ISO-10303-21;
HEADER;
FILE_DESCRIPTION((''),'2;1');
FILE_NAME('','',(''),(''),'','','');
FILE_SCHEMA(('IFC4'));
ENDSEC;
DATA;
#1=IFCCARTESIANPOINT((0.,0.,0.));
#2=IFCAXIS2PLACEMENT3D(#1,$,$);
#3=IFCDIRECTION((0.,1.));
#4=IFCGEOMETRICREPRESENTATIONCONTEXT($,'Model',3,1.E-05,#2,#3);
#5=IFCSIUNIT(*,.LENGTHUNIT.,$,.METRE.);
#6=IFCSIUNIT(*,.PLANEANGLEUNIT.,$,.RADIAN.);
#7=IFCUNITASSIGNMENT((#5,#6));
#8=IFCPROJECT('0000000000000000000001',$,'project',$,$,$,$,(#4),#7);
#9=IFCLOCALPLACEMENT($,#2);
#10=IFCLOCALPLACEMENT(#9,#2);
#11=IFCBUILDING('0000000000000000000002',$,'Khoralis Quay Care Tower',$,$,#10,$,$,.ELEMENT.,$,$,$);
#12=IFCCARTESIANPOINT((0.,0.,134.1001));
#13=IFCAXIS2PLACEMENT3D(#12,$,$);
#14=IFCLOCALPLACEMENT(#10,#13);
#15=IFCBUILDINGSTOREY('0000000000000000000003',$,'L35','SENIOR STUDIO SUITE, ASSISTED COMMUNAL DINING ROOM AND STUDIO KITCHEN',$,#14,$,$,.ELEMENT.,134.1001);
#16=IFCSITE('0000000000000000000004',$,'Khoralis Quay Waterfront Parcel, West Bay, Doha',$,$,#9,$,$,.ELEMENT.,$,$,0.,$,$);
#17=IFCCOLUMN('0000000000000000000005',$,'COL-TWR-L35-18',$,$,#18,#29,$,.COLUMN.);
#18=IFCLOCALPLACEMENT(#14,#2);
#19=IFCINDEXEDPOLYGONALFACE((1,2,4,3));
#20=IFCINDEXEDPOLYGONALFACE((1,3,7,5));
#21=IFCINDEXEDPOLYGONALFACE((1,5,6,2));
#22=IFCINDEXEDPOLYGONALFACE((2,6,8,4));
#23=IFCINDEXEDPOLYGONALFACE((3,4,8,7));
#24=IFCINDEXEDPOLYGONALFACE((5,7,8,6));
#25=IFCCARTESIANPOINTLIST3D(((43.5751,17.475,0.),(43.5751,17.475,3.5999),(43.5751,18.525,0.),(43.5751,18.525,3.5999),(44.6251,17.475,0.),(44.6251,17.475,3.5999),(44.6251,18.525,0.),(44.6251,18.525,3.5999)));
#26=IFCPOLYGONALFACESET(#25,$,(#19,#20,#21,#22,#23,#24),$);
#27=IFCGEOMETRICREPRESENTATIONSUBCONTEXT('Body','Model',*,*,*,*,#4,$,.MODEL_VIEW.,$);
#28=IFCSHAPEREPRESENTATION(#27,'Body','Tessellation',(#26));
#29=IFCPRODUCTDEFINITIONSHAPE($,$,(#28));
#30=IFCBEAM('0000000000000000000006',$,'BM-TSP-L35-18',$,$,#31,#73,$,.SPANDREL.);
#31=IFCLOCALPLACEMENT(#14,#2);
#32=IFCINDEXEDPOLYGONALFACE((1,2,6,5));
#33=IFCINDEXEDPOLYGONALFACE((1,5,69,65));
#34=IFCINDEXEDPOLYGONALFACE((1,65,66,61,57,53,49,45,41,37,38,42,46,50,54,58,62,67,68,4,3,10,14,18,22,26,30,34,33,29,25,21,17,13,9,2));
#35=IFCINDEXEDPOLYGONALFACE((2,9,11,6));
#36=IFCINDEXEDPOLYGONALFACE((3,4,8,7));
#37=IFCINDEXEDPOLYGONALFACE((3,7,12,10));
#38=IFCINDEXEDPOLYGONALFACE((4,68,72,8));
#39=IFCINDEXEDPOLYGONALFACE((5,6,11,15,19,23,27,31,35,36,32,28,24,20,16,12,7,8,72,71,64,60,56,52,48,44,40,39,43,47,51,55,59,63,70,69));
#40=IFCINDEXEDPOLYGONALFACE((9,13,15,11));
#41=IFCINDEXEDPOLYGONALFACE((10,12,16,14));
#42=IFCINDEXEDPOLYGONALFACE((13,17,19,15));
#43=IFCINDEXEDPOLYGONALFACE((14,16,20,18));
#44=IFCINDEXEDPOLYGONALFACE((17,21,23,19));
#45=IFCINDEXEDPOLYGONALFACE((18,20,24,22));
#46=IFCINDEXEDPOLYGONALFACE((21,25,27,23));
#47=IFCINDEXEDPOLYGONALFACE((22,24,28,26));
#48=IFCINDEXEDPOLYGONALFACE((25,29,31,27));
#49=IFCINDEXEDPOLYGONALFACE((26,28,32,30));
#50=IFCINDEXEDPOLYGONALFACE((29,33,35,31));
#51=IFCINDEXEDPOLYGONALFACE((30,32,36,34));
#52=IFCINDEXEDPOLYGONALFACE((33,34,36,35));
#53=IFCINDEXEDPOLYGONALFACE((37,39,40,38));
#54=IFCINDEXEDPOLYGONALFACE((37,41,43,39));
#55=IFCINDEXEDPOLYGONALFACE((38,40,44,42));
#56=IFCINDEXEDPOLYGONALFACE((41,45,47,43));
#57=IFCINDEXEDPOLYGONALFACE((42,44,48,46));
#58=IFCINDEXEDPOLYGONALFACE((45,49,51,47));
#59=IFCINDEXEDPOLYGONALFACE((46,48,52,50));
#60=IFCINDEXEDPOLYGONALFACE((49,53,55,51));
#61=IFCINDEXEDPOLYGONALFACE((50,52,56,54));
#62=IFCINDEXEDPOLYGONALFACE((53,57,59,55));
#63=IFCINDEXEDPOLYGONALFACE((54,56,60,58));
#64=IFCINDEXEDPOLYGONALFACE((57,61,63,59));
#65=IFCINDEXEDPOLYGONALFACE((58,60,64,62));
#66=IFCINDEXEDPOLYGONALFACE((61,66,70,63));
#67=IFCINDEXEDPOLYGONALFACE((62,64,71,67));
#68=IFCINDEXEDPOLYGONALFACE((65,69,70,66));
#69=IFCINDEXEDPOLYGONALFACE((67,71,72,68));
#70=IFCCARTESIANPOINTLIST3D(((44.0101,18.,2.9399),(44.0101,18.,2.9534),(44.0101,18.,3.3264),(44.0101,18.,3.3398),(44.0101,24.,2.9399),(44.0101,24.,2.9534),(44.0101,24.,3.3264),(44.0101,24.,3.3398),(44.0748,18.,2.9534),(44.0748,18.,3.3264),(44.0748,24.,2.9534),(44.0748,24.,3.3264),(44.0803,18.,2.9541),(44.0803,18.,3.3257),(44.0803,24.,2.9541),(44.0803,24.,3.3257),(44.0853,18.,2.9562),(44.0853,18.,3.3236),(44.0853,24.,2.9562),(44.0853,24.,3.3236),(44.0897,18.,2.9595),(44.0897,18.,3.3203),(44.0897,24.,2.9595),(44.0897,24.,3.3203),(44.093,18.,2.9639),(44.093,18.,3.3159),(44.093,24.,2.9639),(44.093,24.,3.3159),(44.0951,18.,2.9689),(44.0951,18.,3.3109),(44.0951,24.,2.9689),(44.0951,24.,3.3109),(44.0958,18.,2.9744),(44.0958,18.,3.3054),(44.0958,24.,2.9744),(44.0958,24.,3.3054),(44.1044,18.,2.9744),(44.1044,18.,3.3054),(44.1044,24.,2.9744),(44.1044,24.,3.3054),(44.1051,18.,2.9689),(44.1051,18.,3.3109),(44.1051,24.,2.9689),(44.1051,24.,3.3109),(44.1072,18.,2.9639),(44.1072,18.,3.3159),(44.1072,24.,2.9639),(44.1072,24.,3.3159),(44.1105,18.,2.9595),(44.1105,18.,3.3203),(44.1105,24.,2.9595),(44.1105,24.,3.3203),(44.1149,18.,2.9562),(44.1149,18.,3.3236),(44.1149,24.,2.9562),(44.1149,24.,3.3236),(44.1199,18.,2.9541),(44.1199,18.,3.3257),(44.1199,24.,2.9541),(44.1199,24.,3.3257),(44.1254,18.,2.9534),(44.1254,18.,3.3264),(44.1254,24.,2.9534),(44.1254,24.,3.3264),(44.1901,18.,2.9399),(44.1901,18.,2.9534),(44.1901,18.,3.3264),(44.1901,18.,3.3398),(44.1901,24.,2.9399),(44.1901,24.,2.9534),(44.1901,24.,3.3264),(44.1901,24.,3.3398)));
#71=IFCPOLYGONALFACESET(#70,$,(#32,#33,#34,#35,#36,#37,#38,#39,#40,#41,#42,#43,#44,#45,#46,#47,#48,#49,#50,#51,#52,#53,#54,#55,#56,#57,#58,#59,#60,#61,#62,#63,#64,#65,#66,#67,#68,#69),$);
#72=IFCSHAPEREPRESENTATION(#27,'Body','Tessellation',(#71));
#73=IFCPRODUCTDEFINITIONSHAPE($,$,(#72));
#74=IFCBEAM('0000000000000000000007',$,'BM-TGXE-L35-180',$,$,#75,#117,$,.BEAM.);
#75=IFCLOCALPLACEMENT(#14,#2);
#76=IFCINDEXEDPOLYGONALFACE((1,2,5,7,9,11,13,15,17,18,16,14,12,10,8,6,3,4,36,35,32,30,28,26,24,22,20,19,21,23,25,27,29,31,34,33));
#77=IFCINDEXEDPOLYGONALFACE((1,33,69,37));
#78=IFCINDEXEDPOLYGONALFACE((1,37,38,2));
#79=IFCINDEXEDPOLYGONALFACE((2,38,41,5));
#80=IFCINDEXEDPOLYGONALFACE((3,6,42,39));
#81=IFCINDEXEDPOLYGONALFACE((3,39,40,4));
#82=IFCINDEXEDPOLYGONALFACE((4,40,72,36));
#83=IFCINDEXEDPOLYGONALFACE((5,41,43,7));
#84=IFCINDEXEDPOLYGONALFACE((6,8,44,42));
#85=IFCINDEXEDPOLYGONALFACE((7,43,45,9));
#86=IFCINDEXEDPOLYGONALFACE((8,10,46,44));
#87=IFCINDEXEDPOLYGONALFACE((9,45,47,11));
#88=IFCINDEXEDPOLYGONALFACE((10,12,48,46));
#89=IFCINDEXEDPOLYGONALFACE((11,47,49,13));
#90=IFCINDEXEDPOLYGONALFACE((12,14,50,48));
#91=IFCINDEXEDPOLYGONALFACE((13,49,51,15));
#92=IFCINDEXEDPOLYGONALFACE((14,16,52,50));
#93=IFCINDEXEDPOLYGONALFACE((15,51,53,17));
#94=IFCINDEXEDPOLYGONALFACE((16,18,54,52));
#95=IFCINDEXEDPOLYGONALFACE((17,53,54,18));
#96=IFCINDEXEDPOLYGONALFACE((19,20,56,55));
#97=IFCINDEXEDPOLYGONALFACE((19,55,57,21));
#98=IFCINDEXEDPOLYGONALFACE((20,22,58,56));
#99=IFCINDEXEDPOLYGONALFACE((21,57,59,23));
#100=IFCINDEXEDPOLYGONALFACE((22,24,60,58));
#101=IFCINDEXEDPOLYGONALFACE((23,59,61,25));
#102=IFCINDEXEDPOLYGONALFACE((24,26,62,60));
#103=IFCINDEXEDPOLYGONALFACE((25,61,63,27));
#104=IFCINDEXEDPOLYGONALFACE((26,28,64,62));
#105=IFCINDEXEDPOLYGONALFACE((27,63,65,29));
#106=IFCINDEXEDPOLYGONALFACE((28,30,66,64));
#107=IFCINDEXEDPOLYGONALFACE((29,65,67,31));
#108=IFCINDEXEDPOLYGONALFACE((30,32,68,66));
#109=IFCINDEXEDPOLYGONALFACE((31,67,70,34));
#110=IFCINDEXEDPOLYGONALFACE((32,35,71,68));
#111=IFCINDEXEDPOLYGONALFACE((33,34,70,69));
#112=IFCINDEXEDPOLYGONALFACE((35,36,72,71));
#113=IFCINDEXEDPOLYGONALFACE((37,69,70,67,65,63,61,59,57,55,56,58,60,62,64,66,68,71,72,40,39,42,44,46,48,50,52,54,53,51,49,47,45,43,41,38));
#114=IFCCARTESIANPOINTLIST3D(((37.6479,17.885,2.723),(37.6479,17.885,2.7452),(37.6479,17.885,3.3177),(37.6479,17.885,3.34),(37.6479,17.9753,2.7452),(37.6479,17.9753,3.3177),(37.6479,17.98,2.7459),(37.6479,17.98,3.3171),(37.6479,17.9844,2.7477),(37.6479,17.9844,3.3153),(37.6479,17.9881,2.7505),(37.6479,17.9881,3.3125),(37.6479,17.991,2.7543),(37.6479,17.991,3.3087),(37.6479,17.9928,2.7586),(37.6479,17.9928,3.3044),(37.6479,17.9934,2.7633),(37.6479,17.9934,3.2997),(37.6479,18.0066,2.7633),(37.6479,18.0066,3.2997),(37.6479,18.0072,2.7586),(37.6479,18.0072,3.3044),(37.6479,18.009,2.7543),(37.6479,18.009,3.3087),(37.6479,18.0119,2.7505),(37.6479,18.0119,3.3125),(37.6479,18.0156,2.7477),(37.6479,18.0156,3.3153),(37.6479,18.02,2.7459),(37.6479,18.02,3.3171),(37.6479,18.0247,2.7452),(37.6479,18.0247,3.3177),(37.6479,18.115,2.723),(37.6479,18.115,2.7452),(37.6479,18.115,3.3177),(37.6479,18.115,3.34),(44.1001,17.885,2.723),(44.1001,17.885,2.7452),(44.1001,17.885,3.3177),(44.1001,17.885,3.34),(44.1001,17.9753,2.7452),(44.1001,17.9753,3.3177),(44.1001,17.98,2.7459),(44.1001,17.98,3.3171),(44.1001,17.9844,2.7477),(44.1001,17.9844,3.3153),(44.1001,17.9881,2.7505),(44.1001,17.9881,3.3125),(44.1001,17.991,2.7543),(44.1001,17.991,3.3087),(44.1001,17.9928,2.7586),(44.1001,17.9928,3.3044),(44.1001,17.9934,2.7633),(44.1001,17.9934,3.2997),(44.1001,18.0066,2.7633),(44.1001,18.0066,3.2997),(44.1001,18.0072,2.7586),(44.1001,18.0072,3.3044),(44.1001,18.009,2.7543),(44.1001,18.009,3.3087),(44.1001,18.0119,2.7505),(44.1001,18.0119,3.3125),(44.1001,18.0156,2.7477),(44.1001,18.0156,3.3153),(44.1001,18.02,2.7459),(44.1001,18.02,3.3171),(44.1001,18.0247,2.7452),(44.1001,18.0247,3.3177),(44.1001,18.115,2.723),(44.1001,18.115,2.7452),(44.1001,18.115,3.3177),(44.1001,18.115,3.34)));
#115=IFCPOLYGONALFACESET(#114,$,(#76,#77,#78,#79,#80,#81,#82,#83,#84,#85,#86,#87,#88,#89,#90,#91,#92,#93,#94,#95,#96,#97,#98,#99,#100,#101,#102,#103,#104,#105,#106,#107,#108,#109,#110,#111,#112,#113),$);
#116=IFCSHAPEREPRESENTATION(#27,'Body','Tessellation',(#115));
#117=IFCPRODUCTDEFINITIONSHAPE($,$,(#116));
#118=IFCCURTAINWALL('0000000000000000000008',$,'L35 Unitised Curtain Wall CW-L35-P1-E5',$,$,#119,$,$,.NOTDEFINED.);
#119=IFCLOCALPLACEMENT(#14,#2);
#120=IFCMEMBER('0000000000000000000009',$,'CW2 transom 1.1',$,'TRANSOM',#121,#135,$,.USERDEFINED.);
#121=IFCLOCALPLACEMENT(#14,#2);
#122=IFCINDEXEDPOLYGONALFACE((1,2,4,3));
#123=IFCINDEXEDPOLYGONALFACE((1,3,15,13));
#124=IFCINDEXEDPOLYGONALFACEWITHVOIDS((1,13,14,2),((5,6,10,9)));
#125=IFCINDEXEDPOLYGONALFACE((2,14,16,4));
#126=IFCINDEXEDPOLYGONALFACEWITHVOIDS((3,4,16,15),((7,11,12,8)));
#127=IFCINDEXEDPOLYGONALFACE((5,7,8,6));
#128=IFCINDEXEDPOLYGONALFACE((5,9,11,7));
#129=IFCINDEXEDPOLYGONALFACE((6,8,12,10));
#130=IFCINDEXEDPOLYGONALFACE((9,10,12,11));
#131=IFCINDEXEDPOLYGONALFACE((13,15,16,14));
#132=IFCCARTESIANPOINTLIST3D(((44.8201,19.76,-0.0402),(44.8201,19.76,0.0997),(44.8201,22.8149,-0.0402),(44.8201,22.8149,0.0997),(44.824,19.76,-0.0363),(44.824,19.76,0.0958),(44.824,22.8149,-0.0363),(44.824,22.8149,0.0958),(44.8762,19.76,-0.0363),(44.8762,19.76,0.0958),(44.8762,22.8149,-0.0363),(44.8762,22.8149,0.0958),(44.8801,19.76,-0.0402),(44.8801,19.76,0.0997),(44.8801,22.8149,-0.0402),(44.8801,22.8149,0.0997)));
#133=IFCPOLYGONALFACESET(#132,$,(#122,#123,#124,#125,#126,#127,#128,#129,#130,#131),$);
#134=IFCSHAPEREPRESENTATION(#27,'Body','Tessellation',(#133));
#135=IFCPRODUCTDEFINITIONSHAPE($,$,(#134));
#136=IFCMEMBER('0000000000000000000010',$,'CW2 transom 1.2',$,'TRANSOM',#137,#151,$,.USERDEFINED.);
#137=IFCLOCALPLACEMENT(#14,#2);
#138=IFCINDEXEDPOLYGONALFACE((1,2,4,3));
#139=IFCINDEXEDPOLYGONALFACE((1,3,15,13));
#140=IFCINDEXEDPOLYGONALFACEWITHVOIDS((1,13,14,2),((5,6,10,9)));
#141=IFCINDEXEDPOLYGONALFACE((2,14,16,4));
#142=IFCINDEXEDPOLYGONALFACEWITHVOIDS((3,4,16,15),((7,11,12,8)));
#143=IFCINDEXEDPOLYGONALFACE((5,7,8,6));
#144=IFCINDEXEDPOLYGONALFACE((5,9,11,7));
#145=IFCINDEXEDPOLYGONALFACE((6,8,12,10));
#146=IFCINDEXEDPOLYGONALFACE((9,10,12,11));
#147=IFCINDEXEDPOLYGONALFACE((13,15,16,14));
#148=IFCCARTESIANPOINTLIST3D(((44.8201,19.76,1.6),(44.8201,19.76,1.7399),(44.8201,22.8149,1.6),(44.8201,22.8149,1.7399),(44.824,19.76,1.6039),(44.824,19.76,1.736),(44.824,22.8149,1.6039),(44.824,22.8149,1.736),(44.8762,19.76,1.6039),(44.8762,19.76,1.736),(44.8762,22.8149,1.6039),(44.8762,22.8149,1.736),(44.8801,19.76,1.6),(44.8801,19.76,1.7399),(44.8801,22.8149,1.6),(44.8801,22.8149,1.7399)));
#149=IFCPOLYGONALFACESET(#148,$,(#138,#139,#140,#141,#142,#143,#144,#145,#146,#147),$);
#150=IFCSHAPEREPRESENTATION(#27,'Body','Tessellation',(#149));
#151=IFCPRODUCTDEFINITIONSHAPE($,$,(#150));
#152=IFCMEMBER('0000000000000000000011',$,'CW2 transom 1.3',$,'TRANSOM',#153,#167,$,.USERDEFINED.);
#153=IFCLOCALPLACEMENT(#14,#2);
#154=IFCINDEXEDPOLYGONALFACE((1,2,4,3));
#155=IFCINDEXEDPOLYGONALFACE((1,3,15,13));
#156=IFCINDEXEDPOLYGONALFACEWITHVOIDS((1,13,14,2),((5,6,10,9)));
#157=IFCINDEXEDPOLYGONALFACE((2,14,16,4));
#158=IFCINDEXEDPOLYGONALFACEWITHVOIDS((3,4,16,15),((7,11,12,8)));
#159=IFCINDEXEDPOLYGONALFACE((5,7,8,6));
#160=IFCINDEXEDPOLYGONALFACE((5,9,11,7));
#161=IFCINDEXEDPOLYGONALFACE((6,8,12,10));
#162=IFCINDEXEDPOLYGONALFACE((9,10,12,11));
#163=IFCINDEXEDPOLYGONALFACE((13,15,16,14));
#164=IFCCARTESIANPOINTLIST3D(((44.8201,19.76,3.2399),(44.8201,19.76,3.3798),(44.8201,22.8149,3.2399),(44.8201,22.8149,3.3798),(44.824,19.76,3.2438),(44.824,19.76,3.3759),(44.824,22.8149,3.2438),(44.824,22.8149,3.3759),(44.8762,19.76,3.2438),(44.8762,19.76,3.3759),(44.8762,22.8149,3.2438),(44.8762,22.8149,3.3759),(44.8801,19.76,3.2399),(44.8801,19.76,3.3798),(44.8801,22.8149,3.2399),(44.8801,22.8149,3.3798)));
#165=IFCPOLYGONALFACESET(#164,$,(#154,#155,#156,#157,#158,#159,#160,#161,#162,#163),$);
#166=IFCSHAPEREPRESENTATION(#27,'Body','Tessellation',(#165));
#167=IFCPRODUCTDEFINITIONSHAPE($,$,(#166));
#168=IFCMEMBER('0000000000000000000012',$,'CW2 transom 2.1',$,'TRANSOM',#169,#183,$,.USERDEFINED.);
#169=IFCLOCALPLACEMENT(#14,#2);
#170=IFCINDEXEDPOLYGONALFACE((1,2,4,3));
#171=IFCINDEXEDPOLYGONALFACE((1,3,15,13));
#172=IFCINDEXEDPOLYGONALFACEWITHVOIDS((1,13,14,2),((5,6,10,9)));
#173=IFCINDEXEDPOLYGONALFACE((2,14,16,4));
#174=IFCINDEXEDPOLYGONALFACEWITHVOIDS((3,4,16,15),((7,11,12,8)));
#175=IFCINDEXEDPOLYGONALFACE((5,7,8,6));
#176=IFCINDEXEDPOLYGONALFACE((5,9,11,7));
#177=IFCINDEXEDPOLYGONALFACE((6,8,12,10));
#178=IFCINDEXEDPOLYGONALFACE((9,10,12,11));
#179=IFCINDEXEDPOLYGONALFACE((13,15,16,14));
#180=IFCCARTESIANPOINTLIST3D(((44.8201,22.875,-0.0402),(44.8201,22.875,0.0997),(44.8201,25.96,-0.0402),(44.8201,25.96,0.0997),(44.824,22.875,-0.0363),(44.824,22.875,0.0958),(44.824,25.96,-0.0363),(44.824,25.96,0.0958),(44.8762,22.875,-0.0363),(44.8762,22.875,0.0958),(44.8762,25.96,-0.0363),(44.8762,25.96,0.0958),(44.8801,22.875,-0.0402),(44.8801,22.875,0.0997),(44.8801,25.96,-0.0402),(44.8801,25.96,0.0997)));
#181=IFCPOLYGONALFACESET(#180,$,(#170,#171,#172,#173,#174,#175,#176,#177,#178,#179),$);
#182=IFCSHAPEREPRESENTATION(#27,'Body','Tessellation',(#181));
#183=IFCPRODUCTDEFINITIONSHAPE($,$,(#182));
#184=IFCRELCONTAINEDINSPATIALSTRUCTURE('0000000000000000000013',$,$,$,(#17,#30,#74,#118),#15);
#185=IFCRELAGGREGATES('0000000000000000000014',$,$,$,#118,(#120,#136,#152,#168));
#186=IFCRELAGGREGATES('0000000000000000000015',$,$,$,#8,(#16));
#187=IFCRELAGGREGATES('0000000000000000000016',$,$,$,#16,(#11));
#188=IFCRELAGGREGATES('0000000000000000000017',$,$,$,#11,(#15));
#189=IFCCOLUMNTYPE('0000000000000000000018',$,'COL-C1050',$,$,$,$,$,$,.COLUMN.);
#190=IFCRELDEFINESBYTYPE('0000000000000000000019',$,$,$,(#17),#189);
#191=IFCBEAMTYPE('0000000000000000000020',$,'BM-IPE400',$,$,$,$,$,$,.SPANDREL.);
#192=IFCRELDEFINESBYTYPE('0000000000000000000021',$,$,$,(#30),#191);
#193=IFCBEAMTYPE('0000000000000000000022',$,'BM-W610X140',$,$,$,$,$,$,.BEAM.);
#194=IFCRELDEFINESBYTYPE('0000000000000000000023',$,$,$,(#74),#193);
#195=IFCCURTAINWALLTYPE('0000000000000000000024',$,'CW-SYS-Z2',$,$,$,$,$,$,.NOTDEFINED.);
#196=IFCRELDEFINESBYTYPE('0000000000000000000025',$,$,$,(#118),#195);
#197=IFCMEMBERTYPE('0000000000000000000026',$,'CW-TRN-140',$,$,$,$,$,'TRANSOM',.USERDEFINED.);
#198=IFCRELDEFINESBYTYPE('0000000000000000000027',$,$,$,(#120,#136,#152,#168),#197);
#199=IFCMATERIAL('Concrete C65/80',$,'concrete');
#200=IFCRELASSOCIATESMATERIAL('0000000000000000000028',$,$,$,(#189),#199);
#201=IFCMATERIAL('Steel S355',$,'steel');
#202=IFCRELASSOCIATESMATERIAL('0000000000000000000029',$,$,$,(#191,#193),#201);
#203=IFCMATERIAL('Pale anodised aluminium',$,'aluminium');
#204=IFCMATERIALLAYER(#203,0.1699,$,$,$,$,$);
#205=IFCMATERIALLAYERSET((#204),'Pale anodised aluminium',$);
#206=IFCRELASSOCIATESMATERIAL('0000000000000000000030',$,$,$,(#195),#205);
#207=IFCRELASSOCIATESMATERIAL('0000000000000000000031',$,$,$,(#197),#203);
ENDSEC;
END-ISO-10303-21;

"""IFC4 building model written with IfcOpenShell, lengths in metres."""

from ifc_helpers import new_model, si_unit, direction, frame, origin, origin_2d, place, context, subcontext, project, spatial, rectangle, hollow_rectangle, i_section, extrude, source, transform, mapped, material, layer, layer_set, material_profile, profile_set, type_object, element, aggregate, save


model = new_model("IFC4")

# Units and contexts
model_context = context("Model", 3, precision=1e-05, world=origin(), true_north=direction((0.0, 1.0)))
body_context = subcontext(model_context, "Body", "Model", "MODEL_VIEW")
ifc_project = project(units=[si_unit("LENGTHUNIT", "METRE"), si_unit("PLANEANGLEUNIT", "RADIAN")], contexts=[model_context])

# Site, building, storey
site_placement = place(None, origin())
site = spatial("IfcSite", under=ifc_project, at=site_placement, Name="Khoralis Quay Waterfront Parcel, West Bay, Doha", CompositionType="ELEMENT", RefElevation=0.0)
building_placement = place(site_placement, origin())
building = spatial("IfcBuilding", under=site, at=building_placement, Name="Khoralis Quay Care Tower", CompositionType="ELEMENT")
storey_placement = place(building_placement, frame((0.0, 0.0, 134.1001)))
storey = spatial("IfcBuildingStorey", under=building, at=storey_placement, Name="L35", Description="SENIOR STUDIO SUITE, ASSISTED COMMUNAL DINING ROOM AND STUDIO KITCHEN", CompositionType="ELEMENT", Elevation=134.1001)

# Column
ifc_material_1 = material(Name="Concrete C65/80", Category="concrete")
ifc_material_profile_1 = material_profile(ifc_material_1, rectangle(XDim=1.05, YDim=1.05, at=origin_2d()), Name="Concrete C65/80")
ifc_profile_set_1 = profile_set([ifc_material_profile_1], Name="Concrete C65/80")
column_type = type_object("IfcColumnType", Name="COL-C1050", PredefinedType="COLUMN", material=ifc_profile_set_1)
shared_shape_1 = source(origin(), body_context, "Body", "SweptSolid", [
    extrude(rectangle(XDim=1.05, YDim=1.05, at=origin_2d()), origin(), (0.0, 0.0, 1.0), 3.5999),
])
column_placement = place(storey_placement, frame((44.1001, 18.0, 0.0), z_axis=(0.0, 0.0, 1.0), x_axis=(1.0, 0.0, 0.0)))
element("IfcColumn", 1, at=column_placement, inside=storey, type_object=column_type, Name="COL-TWR-L35-18", PredefinedType="COLUMN", context=body_context, shape_type="MappedRepresentation", body=[
    mapped(shared_shape_1, transform((0.0, 0.0, 0.0), scale=1.0)),
])

# Beams
ifc_material_2 = material(Name="Steel S355", Category="steel")
ifc_material_profile_2 = material_profile(ifc_material_2, i_section(OverallWidth=0.1799, OverallDepth=0.3999, WebThickness=0.0085, FlangeThickness=0.0134, FilletRadius=0.021, at=origin_2d()), Name="Steel S355")
ifc_profile_set_2 = profile_set([ifc_material_profile_2], Name="Steel S355")
beam_type_1 = type_object("IfcBeamType", Name="BM-IPE400", PredefinedType="SPANDREL", material=ifc_profile_set_2)
shared_shape_2 = source(origin(), body_context, "Body", "SweptSolid", [
    extrude(i_section(OverallWidth=0.1799, OverallDepth=0.3999, WebThickness=0.0085, FlangeThickness=0.0134, FilletRadius=0.021, at=origin_2d()), origin(), (0.0, 0.0, 1.0), 6.0),
])
beam_1_placement = place(storey_placement, frame((44.1001, 18.0, 3.1399), z_axis=(0.0, 1.0, 0.0), x_axis=(-1.0, 0.0, 0.0)))
element("IfcBeam", 2, at=beam_1_placement, inside=storey, type_object=beam_type_1, Name="BM-TSP-L35-18", PredefinedType="SPANDREL", context=body_context, shape_type="MappedRepresentation", body=[
    mapped(shared_shape_2, transform((0.0, 0.0, 0.0), scale=1.0)),
])
ifc_material_profile_3 = material_profile(ifc_material_2, i_section(OverallWidth=0.23, OverallDepth=0.6169, WebThickness=0.0132, FlangeThickness=0.0222, FilletRadius=0.0181, at=origin_2d()), Name="Steel S355")
ifc_profile_set_3 = profile_set([ifc_material_profile_3], Name="Steel S355")
beam_type_2 = type_object("IfcBeamType", Name="BM-W610X140", PredefinedType="BEAM", material=ifc_profile_set_3)
shared_shape_3 = source(origin(), body_context, "Body", "SweptSolid", [
    extrude(i_section(OverallWidth=0.23, OverallDepth=0.6169, WebThickness=0.0132, FlangeThickness=0.0222, FilletRadius=0.0181, at=origin_2d()), origin(), (0.0, 0.0, 1.0), 6.4521),
])
beam_2_placement = place(storey_placement, frame((37.6479, 18.0, 3.0315), z_axis=(1.0, 0.0, 0.0), x_axis=(0.0, 1.0, 0.0)))
element("IfcBeam", 3, at=beam_2_placement, inside=storey, type_object=beam_type_2, Name="BM-TGXE-L35-180", PredefinedType="BEAM", context=body_context, shape_type="MappedRepresentation", body=[
    mapped(shared_shape_3, transform((0.0, 0.0, 0.0), scale=1.0)),
])

# Curtain wall, members
ifc_material_3 = material(Name="Pale anodised aluminium", Category="aluminium")
ifc_layer_1 = layer(ifc_material_3, 0.1699)
ifc_layer_set_1 = layer_set([ifc_layer_1], Name="Pale anodised aluminium")
curtain_wall_type = type_object("IfcCurtainWallType", Name="CW-SYS-Z2", PredefinedType="NOTDEFINED", material=ifc_layer_set_1)
curtain_wall_placement = place(storey_placement, origin())
curtain_wall = element("IfcCurtainWall", 4, at=curtain_wall_placement, inside=storey, type_object=curtain_wall_type, Name="L35 Unitised Curtain Wall CW-L35-P1-E5", PredefinedType="NOTDEFINED")
ifc_material_profile_4 = material_profile(ifc_material_3, hollow_rectangle(XDim=0.0601, YDim=0.1399, WallThickness=0.0039, at=origin_2d()), Name="Pale anodised aluminium")
ifc_profile_set_4 = profile_set([ifc_material_profile_4], Name="Pale anodised aluminium")
member_type_1 = type_object("IfcMemberType", Name="CW-TRN-140", ElementType="TRANSOM", PredefinedType="USERDEFINED", material=ifc_profile_set_4)
shared_shape_4 = source(origin(), body_context, "Body", "SweptSolid", [
    extrude(hollow_rectangle(XDim=0.0601, YDim=0.1399, WallThickness=0.0039, at=origin_2d()), origin(), (0.0, 0.0, 1.0), 3.0549),
])
member_1_placement = place(storey_placement, frame((44.8501, 19.76, 0.0298), z_axis=(0.0, 1.0, 0.0), x_axis=(-1.0, 0.0, 0.0)))
member_1 = element("IfcMember", 5, at=member_1_placement, type_object=member_type_1, Name="CW2 transom 1.1", ObjectType="TRANSOM", PredefinedType="USERDEFINED", context=body_context, shape_type="MappedRepresentation", body=[
    mapped(shared_shape_4, transform((0.0, 0.0, 0.0), scale=1.0)),
])
member_2_placement = place(storey_placement, frame((44.8501, 19.76, 1.6699), z_axis=(0.0, 1.0, 0.0), x_axis=(-1.0, 0.0, 0.0)))
member_2 = element("IfcMember", 6, at=member_2_placement, type_object=member_type_1, Name="CW2 transom 1.2", ObjectType="TRANSOM", PredefinedType="USERDEFINED", context=body_context, shape_type="MappedRepresentation", body=[
    mapped(shared_shape_4, transform((0.0, 0.0, 0.0), scale=1.0)),
])
member_3_placement = place(storey_placement, frame((44.8501, 19.76, 3.3098), z_axis=(0.0, 1.0, 0.0), x_axis=(-1.0, 0.0, 0.0)))
member_3 = element("IfcMember", 7, at=member_3_placement, type_object=member_type_1, Name="CW2 transom 1.3", ObjectType="TRANSOM", PredefinedType="USERDEFINED", context=body_context, shape_type="MappedRepresentation", body=[
    mapped(shared_shape_4, transform((0.0, 0.0, 0.0), scale=1.0)),
])
shared_shape_5 = source(origin(), body_context, "Body", "SweptSolid", [
    extrude(hollow_rectangle(XDim=0.0601, YDim=0.1399, WallThickness=0.0039, at=origin_2d()), origin(), (0.0, 0.0, 1.0), 3.085),
])
member_4_placement = place(storey_placement, frame((44.8501, 22.875, 0.0298), z_axis=(0.0, 1.0, 0.0), x_axis=(-1.0, 0.0, 0.0)))
member_4 = element("IfcMember", 8, at=member_4_placement, type_object=member_type_1, Name="CW2 transom 2.1", ObjectType="TRANSOM", PredefinedType="USERDEFINED", context=body_context, shape_type="MappedRepresentation", body=[
    mapped(shared_shape_5, transform((0.0, 0.0, 0.0), scale=1.0)),
])
aggregate(curtain_wall, [member_1, member_2, member_3, member_4])

save(model, "model.ifc")
